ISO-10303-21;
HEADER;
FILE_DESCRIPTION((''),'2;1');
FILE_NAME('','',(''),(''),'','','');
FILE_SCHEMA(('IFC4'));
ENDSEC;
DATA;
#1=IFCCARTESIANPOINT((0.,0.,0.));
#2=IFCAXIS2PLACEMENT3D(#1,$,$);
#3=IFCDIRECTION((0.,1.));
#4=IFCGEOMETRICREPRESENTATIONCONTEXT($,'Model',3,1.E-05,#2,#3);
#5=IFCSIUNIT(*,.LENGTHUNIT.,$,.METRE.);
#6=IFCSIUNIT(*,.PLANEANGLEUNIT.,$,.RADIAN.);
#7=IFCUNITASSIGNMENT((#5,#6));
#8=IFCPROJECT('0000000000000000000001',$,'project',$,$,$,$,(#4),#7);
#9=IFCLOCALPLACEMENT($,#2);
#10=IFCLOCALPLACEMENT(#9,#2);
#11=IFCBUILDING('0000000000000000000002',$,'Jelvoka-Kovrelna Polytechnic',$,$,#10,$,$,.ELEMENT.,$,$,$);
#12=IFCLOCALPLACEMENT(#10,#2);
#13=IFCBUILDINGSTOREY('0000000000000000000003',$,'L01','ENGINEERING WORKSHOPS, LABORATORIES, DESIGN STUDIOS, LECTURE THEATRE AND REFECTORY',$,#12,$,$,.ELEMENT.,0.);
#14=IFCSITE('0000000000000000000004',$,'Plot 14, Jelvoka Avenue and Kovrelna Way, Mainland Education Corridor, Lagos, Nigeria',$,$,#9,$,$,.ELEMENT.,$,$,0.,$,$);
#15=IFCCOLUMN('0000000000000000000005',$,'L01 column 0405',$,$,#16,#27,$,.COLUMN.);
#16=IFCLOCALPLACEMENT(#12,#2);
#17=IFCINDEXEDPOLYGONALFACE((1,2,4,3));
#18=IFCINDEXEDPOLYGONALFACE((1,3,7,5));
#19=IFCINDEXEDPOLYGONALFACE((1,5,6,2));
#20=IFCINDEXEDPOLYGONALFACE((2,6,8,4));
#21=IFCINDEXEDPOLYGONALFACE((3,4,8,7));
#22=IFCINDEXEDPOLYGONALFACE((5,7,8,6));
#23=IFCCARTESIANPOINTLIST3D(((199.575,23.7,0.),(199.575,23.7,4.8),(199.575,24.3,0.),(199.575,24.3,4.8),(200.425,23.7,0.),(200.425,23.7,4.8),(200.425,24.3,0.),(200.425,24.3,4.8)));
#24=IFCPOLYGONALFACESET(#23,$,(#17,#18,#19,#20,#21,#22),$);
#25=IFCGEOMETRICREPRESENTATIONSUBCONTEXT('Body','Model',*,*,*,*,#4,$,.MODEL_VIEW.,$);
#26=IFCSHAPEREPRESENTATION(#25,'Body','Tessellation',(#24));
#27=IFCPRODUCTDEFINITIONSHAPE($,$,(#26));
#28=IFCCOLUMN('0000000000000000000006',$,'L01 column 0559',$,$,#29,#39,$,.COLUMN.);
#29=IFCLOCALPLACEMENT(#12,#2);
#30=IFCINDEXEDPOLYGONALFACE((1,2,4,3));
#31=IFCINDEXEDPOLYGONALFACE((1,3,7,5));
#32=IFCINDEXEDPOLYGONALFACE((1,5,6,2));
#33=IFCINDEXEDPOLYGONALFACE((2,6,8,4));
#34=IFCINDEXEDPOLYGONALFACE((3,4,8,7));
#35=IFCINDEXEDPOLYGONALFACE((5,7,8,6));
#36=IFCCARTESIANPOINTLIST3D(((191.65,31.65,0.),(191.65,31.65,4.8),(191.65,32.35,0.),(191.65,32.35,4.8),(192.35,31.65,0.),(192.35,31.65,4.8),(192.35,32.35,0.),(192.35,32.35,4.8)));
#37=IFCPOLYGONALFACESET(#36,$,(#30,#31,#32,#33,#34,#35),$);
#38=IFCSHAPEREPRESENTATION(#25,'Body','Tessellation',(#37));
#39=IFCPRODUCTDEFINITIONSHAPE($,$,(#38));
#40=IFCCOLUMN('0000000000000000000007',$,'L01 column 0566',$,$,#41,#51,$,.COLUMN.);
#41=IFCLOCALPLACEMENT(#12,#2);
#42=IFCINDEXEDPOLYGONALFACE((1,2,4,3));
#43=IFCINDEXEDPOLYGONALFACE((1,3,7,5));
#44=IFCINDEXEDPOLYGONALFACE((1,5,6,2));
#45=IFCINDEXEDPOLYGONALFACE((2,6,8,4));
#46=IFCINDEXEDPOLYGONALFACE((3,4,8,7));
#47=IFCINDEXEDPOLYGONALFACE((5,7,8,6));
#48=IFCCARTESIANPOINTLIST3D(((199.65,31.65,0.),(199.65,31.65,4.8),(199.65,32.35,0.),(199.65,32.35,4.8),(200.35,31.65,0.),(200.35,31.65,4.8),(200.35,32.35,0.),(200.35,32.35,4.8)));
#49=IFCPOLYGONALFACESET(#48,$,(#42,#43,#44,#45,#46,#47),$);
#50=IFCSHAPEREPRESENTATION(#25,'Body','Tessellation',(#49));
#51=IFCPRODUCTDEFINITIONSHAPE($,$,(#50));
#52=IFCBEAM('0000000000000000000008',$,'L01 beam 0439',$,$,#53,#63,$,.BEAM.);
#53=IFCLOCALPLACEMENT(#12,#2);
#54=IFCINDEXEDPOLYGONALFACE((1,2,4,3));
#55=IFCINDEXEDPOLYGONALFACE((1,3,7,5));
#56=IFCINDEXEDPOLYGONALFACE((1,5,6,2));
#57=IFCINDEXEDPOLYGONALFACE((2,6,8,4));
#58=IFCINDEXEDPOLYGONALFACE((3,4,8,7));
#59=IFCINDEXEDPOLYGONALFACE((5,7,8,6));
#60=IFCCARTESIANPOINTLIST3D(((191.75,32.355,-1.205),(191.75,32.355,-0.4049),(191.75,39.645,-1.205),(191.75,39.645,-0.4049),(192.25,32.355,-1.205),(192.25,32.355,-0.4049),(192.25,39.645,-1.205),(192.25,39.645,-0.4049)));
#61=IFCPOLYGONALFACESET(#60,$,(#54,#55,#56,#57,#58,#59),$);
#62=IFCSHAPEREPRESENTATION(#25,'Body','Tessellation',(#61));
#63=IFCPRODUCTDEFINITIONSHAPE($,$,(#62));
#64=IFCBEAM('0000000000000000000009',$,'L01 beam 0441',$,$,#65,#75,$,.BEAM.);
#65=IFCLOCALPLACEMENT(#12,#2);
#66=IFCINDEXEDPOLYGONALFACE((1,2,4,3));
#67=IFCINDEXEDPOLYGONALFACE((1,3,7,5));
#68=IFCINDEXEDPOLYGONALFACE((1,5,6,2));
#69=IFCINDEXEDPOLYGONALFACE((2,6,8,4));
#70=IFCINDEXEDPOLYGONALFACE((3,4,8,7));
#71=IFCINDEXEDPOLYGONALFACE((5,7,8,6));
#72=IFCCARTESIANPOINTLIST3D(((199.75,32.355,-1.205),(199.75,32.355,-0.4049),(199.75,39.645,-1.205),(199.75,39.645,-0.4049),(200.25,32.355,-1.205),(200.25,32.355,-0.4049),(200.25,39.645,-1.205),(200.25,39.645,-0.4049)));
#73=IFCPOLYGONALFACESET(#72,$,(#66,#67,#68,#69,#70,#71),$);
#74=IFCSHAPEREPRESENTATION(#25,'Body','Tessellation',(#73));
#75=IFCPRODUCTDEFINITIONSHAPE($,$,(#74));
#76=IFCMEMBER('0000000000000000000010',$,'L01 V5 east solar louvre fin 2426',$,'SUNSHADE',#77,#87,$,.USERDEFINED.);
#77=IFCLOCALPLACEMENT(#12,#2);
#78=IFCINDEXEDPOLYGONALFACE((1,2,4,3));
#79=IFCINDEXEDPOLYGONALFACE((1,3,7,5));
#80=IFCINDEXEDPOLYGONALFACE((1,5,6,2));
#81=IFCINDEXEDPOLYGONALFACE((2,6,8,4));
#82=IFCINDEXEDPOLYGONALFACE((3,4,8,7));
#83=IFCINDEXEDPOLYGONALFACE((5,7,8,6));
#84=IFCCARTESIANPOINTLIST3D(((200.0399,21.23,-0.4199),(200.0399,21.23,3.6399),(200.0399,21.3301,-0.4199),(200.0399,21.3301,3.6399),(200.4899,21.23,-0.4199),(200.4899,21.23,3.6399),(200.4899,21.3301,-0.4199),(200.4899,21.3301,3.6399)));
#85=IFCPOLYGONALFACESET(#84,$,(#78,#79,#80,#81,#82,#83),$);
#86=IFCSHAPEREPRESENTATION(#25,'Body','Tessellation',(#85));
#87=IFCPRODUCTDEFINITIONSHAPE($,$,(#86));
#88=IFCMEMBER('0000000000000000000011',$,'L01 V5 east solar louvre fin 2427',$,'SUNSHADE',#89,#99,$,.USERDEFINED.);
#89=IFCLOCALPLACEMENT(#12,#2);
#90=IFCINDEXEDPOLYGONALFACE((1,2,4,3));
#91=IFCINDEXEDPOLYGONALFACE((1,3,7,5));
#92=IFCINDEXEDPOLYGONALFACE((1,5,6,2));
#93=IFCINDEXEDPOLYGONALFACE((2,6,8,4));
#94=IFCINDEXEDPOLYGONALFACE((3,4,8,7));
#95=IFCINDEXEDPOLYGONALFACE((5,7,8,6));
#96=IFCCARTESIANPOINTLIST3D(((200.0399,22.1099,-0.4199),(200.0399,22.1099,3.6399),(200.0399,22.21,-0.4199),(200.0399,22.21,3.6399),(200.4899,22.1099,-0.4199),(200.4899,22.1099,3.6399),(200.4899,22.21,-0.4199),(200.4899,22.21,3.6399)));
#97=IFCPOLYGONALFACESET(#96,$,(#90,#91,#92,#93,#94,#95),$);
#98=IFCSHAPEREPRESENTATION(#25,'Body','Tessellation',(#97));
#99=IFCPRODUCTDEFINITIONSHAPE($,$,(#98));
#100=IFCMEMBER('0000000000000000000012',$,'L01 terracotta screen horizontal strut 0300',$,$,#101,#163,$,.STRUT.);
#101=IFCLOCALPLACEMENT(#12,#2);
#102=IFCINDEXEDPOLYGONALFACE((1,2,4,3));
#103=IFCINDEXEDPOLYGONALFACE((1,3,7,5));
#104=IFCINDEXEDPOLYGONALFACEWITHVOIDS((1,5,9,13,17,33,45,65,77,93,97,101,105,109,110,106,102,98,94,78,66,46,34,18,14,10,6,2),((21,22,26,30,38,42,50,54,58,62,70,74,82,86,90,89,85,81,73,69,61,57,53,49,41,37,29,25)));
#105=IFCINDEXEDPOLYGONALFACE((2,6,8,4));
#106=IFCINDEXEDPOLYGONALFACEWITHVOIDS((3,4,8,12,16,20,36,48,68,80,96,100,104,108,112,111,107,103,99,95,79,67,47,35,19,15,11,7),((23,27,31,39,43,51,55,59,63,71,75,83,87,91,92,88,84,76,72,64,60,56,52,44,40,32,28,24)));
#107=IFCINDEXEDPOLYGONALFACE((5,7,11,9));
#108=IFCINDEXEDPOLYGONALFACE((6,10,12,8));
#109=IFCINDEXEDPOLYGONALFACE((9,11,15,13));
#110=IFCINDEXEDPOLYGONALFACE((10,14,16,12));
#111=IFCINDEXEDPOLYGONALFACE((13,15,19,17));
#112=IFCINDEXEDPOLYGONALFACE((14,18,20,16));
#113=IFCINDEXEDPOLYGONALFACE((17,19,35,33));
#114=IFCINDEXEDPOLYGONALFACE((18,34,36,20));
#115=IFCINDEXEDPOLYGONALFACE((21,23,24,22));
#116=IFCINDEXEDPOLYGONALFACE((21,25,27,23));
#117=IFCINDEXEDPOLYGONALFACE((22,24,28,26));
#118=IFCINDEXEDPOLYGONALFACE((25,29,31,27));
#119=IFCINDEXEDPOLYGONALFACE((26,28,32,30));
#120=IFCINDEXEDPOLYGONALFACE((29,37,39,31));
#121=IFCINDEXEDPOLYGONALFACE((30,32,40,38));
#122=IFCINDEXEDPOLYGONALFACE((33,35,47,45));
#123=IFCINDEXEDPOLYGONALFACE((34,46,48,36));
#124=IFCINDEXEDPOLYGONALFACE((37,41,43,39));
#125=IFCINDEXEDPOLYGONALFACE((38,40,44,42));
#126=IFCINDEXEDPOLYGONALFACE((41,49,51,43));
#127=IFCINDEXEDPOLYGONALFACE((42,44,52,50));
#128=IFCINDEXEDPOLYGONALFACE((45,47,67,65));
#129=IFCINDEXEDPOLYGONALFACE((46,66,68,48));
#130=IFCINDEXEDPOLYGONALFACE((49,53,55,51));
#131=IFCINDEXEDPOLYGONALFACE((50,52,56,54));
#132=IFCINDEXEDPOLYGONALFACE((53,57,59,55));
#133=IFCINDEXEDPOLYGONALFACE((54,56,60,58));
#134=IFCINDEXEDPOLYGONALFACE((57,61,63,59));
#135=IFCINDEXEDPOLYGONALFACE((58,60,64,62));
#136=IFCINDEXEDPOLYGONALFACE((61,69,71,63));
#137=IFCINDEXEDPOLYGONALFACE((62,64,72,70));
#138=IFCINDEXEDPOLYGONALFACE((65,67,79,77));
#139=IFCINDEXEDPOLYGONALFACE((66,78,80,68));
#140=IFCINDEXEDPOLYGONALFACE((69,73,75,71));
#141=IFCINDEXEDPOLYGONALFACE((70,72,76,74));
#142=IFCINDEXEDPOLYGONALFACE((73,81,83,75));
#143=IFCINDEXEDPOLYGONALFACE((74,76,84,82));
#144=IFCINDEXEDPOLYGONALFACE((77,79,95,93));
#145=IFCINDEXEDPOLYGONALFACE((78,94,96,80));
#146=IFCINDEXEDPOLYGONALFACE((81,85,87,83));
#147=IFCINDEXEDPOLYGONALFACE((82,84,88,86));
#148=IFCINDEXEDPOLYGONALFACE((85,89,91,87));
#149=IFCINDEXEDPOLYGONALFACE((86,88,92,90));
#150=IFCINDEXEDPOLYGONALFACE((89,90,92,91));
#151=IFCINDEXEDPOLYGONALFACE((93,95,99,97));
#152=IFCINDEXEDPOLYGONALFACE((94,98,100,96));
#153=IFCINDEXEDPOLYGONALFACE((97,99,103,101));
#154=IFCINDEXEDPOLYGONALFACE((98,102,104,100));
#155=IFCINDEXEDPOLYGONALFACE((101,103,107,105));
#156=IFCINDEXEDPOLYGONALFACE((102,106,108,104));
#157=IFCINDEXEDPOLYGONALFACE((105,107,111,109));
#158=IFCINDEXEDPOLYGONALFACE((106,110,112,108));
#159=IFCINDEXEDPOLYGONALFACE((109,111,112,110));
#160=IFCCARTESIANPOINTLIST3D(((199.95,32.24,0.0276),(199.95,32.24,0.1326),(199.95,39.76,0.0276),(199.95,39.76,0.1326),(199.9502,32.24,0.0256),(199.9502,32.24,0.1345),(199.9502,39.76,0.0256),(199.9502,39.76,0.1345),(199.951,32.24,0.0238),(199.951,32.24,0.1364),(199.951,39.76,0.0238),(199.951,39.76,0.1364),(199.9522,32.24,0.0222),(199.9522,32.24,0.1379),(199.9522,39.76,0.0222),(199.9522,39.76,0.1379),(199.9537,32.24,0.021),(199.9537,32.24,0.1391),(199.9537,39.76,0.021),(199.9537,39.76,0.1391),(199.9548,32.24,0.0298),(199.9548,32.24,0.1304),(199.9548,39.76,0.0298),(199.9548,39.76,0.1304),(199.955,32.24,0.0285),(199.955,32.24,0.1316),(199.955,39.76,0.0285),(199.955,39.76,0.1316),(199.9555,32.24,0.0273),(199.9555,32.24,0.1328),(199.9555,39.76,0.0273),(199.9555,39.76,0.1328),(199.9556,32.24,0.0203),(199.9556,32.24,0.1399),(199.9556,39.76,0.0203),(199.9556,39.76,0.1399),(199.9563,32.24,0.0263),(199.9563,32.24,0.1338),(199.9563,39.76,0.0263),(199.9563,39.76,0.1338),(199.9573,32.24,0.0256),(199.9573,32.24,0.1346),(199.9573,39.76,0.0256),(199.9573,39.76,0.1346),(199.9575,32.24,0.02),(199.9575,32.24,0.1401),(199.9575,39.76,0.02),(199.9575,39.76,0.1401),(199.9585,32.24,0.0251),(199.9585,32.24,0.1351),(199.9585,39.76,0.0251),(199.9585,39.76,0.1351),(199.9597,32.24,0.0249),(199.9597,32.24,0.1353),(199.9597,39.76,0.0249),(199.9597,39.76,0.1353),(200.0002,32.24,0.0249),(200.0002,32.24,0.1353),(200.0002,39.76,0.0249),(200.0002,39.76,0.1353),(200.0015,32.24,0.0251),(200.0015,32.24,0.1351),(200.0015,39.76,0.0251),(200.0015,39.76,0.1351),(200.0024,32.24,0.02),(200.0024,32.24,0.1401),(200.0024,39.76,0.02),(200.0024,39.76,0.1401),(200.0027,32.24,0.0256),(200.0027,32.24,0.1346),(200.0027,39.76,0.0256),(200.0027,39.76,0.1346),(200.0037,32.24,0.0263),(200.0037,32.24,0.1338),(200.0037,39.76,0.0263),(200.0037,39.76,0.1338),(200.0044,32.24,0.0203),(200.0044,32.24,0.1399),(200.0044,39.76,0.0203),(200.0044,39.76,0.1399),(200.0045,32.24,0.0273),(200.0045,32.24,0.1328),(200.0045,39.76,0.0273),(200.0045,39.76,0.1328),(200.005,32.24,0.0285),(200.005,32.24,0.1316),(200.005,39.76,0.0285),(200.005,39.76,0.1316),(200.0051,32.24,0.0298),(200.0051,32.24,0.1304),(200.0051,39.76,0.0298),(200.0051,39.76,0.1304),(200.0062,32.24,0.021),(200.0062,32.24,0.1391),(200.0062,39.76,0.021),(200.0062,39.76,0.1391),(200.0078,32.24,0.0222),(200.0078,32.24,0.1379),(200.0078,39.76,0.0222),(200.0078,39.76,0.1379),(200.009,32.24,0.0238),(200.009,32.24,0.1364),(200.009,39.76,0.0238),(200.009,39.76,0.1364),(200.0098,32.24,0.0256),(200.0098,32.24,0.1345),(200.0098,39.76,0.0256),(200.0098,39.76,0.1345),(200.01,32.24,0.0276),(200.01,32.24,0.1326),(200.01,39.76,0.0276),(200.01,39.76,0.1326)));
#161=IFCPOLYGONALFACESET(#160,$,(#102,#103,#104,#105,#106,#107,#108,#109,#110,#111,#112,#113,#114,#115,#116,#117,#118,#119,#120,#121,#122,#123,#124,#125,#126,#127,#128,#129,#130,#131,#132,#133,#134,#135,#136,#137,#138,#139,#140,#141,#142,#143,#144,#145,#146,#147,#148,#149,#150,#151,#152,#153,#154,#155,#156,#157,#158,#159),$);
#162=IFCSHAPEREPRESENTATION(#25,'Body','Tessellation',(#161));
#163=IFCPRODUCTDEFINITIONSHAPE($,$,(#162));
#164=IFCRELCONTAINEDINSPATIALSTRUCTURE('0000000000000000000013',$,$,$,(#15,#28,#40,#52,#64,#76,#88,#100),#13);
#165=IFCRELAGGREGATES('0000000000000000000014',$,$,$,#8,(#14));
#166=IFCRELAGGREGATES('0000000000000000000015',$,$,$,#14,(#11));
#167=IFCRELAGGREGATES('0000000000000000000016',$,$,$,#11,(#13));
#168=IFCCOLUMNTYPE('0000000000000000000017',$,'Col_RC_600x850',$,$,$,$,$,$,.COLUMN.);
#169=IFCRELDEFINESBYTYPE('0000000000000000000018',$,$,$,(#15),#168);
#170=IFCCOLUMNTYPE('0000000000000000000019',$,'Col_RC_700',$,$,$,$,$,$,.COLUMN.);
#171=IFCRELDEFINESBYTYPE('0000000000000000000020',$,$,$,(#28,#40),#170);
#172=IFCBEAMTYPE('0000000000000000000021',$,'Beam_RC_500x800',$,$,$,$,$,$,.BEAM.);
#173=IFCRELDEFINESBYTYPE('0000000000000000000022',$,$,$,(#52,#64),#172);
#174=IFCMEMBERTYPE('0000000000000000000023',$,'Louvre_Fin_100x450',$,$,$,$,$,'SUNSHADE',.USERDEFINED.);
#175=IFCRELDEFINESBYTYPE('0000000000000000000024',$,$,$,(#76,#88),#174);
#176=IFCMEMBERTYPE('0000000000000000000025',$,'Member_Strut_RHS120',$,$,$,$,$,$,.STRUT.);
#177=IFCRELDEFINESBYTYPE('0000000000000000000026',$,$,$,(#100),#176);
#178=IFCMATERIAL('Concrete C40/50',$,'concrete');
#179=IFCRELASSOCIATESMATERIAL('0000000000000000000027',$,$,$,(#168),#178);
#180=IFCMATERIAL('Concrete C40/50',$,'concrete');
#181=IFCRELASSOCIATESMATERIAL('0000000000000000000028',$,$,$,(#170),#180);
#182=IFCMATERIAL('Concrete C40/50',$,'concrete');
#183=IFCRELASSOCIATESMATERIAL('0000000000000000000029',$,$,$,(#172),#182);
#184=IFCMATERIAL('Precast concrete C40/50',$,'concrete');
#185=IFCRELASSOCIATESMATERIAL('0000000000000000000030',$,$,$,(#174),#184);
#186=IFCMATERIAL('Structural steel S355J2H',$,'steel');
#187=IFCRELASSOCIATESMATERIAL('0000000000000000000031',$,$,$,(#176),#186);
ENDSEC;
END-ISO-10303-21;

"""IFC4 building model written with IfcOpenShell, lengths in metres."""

from ifc_helpers import new_model, si_unit, direction, frame, origin, origin_2d, place, context, subcontext, project, spatial, rectangle, hollow_rectangle, extrude, material, material_profile, profile_set, type_object, element, save


model = new_model("IFC4")

# Units and contexts
model_context = context("Model", 3, precision=1e-05, world=origin(), true_north=direction((0.0, 1.0)))
body_context = subcontext(model_context, "Body", "Model", "MODEL_VIEW")
ifc_project = project(units=[si_unit("LENGTHUNIT", "METRE"), si_unit("PLANEANGLEUNIT", "RADIAN")], contexts=[model_context])

# Site, building, storey
site_placement = place(None, origin())
site = spatial("IfcSite", under=ifc_project, at=site_placement, Name="Plot 14, Jelvoka Avenue and Kovrelna Way, Mainland Education Corridor, Lagos, Nigeria", CompositionType="ELEMENT", RefElevation=0.0)
building_placement = place(site_placement, origin())
building = spatial("IfcBuilding", under=site, at=building_placement, Name="Jelvoka-Kovrelna Polytechnic", CompositionType="ELEMENT")
storey_placement = place(building_placement, origin())
storey = spatial("IfcBuildingStorey", under=building, at=storey_placement, Name="L01", Description="ENGINEERING WORKSHOPS, LABORATORIES, DESIGN STUDIOS, LECTURE THEATRE AND REFECTORY", CompositionType="ELEMENT", Elevation=0.0)

# Columns
ifc_material_1 = material(Name="Concrete C40/50", Category="concrete")
ifc_material_profile_1 = material_profile(ifc_material_1, rectangle(XDim=0.6001, YDim=0.8501, at=origin_2d()), Name="RC 600x850")
ifc_profile_set_1 = profile_set([ifc_material_profile_1], Name="Concrete C40/50")
column_type_1 = type_object("IfcColumnType", Name="Col_RC_600x850", PredefinedType="COLUMN", material=ifc_profile_set_1)
column_placement = place(storey_placement, frame((200.0, 24.0, 0.0), z_axis=(0.0, 0.0, 1.0), x_axis=(0.0, 1.0, 0.0)))
element("IfcColumn", 1, at=column_placement, inside=storey, type_object=column_type_1, Name="L01 column 0405", PredefinedType="COLUMN", context=body_context, shape_type="SweptSolid", body=[
    extrude(rectangle(XDim=0.6001, YDim=0.8501, at=origin_2d()), origin(), (0.0, 0.0, 1.0), 4.8),
])
ifc_material_2 = material(Name="Concrete C40/50", Category="concrete")
ifc_material_profile_2 = material_profile(ifc_material_2, rectangle(XDim=0.7, YDim=0.7, at=origin_2d()), Name="RC 700x700")
ifc_profile_set_2 = profile_set([ifc_material_profile_2], Name="Concrete C40/50")
column_type_2 = type_object("IfcColumnType", Name="Col_RC_700", PredefinedType="COLUMN", material=ifc_profile_set_2)
for number, where, z_axis, x_axis, name in (
    (2, (192.0, 32.0, 0.0), (0.0, 0.0, 1.0), (1.0, 0.0, 0.0), "L01 column 0559"),
    (3, (200.0, 32.0, 0.0), (0.0, 0.0, 1.0), (1.0, 0.0, 0.0), "L01 column 0566"),
):
    element("IfcColumn", number, at=place(storey_placement, frame(where, z_axis=z_axis, x_axis=x_axis)), inside=storey, type_object=column_type_2, Name=name, PredefinedType="COLUMN", context=body_context, shape_type="SweptSolid", body=[
        extrude(rectangle(XDim=0.7, YDim=0.7, at=origin_2d()), origin(), (0.0, 0.0, 1.0), 4.8),
    ])

# Beams
ifc_material_3 = material(Name="Concrete C40/50", Category="concrete")
ifc_material_profile_3 = material_profile(ifc_material_3, rectangle(XDim=0.5, YDim=0.8, at=origin_2d()), Name="RC 500x800")
ifc_profile_set_3 = profile_set([ifc_material_profile_3], Name="Concrete C40/50")
beam_type_1 = type_object("IfcBeamType", Name="Beam_RC_500x800", PredefinedType="BEAM", material=ifc_profile_set_3)
for number, where, z_axis, x_axis, name in (
    (4, (192.0, 32.355, -0.8049), (0.0, 1.0, 0.0), (-1.0, 0.0, 0.0), "L01 beam 0439"),
    (5, (200.0, 32.355, -0.8049), (0.0, 1.0, 0.0), (-1.0, 0.0, 0.0), "L01 beam 0441"),
):
    element("IfcBeam", number, at=place(storey_placement, frame(where, z_axis=z_axis, x_axis=x_axis)), inside=storey, type_object=beam_type_1, Name=name, PredefinedType="BEAM", context=body_context, shape_type="SweptSolid", body=[
        extrude(rectangle(XDim=0.5, YDim=0.8, at=origin_2d()), origin(), (0.0, 0.0, 1.0), 7.29),
    ])

# Members
ifc_material_4 = material(Name="Precast concrete C40/50", Category="concrete")
ifc_material_profile_4 = material_profile(ifc_material_4, rectangle(XDim=0.1001, YDim=0.45, at=origin_2d()), Name="PC 100x450")
ifc_profile_set_4 = profile_set([ifc_material_profile_4], Name="Precast concrete C40/50")
member_type_1 = type_object("IfcMemberType", Name="Louvre_Fin_100x450", ElementType="SUNSHADE", PredefinedType="USERDEFINED", material=ifc_profile_set_4)
for number, where, z_axis, x_axis, name in (
    (6, (200.2649, 21.28, -0.4199), (0.0, 0.0, 1.0), (0.0, 1.0, 0.0), "L01 V5 east solar louvre fin 2426"),
    (7, (200.2649, 22.1599, -0.4199), (0.0, 0.0, 1.0), (0.0, 1.0, 0.0), "L01 V5 east solar louvre fin 2427"),
):
    element("IfcMember", number, at=place(storey_placement, frame(where, z_axis=z_axis, x_axis=x_axis)), inside=storey, type_object=member_type_1, Name=name, ObjectType="SUNSHADE", PredefinedType="USERDEFINED", context=body_context, shape_type="SweptSolid", body=[
        extrude(rectangle(XDim=0.1001, YDim=0.45, at=origin_2d()), origin(), (0.0, 0.0, 1.0), 4.0598),
    ])
ifc_material_5 = material(Name="Structural steel S355J2H", Category="steel")
ifc_material_profile_5 = material_profile(ifc_material_5, hollow_rectangle(XDim=0.0601, YDim=0.1201, WallThickness=0.0049, InnerFilletRadius=0.0049, OuterFilletRadius=0.0076, at=origin_2d()), Name="120x60x5.0 RHS")
ifc_profile_set_5 = profile_set([ifc_material_profile_5], Name="Structural steel S355J2H")
member_type_2 = type_object("IfcMemberType", Name="Member_Strut_RHS120", PredefinedType="STRUT", material=ifc_profile_set_5)
for number, where, z_axis, x_axis, name in (
    (8, (199.98, 32.24, 0.0801), (0.0, 1.0, 0.0), (-1.0, 0.0, 0.0), "L01 terracotta screen horizontal strut 0300"),
):
    element("IfcMember", number, at=place(storey_placement, frame(where, z_axis=z_axis, x_axis=x_axis)), inside=storey, type_object=member_type_2, Name=name, PredefinedType="STRUT", context=body_context, shape_type="SweptSolid", body=[
        extrude(hollow_rectangle(XDim=0.0601, YDim=0.1201, WallThickness=0.0049, InnerFilletRadius=0.0049, OuterFilletRadius=0.0076, at=origin_2d()), origin(), (0.0, 0.0, 1.0), 7.52),
    ])

save(model, "model.ifc")
